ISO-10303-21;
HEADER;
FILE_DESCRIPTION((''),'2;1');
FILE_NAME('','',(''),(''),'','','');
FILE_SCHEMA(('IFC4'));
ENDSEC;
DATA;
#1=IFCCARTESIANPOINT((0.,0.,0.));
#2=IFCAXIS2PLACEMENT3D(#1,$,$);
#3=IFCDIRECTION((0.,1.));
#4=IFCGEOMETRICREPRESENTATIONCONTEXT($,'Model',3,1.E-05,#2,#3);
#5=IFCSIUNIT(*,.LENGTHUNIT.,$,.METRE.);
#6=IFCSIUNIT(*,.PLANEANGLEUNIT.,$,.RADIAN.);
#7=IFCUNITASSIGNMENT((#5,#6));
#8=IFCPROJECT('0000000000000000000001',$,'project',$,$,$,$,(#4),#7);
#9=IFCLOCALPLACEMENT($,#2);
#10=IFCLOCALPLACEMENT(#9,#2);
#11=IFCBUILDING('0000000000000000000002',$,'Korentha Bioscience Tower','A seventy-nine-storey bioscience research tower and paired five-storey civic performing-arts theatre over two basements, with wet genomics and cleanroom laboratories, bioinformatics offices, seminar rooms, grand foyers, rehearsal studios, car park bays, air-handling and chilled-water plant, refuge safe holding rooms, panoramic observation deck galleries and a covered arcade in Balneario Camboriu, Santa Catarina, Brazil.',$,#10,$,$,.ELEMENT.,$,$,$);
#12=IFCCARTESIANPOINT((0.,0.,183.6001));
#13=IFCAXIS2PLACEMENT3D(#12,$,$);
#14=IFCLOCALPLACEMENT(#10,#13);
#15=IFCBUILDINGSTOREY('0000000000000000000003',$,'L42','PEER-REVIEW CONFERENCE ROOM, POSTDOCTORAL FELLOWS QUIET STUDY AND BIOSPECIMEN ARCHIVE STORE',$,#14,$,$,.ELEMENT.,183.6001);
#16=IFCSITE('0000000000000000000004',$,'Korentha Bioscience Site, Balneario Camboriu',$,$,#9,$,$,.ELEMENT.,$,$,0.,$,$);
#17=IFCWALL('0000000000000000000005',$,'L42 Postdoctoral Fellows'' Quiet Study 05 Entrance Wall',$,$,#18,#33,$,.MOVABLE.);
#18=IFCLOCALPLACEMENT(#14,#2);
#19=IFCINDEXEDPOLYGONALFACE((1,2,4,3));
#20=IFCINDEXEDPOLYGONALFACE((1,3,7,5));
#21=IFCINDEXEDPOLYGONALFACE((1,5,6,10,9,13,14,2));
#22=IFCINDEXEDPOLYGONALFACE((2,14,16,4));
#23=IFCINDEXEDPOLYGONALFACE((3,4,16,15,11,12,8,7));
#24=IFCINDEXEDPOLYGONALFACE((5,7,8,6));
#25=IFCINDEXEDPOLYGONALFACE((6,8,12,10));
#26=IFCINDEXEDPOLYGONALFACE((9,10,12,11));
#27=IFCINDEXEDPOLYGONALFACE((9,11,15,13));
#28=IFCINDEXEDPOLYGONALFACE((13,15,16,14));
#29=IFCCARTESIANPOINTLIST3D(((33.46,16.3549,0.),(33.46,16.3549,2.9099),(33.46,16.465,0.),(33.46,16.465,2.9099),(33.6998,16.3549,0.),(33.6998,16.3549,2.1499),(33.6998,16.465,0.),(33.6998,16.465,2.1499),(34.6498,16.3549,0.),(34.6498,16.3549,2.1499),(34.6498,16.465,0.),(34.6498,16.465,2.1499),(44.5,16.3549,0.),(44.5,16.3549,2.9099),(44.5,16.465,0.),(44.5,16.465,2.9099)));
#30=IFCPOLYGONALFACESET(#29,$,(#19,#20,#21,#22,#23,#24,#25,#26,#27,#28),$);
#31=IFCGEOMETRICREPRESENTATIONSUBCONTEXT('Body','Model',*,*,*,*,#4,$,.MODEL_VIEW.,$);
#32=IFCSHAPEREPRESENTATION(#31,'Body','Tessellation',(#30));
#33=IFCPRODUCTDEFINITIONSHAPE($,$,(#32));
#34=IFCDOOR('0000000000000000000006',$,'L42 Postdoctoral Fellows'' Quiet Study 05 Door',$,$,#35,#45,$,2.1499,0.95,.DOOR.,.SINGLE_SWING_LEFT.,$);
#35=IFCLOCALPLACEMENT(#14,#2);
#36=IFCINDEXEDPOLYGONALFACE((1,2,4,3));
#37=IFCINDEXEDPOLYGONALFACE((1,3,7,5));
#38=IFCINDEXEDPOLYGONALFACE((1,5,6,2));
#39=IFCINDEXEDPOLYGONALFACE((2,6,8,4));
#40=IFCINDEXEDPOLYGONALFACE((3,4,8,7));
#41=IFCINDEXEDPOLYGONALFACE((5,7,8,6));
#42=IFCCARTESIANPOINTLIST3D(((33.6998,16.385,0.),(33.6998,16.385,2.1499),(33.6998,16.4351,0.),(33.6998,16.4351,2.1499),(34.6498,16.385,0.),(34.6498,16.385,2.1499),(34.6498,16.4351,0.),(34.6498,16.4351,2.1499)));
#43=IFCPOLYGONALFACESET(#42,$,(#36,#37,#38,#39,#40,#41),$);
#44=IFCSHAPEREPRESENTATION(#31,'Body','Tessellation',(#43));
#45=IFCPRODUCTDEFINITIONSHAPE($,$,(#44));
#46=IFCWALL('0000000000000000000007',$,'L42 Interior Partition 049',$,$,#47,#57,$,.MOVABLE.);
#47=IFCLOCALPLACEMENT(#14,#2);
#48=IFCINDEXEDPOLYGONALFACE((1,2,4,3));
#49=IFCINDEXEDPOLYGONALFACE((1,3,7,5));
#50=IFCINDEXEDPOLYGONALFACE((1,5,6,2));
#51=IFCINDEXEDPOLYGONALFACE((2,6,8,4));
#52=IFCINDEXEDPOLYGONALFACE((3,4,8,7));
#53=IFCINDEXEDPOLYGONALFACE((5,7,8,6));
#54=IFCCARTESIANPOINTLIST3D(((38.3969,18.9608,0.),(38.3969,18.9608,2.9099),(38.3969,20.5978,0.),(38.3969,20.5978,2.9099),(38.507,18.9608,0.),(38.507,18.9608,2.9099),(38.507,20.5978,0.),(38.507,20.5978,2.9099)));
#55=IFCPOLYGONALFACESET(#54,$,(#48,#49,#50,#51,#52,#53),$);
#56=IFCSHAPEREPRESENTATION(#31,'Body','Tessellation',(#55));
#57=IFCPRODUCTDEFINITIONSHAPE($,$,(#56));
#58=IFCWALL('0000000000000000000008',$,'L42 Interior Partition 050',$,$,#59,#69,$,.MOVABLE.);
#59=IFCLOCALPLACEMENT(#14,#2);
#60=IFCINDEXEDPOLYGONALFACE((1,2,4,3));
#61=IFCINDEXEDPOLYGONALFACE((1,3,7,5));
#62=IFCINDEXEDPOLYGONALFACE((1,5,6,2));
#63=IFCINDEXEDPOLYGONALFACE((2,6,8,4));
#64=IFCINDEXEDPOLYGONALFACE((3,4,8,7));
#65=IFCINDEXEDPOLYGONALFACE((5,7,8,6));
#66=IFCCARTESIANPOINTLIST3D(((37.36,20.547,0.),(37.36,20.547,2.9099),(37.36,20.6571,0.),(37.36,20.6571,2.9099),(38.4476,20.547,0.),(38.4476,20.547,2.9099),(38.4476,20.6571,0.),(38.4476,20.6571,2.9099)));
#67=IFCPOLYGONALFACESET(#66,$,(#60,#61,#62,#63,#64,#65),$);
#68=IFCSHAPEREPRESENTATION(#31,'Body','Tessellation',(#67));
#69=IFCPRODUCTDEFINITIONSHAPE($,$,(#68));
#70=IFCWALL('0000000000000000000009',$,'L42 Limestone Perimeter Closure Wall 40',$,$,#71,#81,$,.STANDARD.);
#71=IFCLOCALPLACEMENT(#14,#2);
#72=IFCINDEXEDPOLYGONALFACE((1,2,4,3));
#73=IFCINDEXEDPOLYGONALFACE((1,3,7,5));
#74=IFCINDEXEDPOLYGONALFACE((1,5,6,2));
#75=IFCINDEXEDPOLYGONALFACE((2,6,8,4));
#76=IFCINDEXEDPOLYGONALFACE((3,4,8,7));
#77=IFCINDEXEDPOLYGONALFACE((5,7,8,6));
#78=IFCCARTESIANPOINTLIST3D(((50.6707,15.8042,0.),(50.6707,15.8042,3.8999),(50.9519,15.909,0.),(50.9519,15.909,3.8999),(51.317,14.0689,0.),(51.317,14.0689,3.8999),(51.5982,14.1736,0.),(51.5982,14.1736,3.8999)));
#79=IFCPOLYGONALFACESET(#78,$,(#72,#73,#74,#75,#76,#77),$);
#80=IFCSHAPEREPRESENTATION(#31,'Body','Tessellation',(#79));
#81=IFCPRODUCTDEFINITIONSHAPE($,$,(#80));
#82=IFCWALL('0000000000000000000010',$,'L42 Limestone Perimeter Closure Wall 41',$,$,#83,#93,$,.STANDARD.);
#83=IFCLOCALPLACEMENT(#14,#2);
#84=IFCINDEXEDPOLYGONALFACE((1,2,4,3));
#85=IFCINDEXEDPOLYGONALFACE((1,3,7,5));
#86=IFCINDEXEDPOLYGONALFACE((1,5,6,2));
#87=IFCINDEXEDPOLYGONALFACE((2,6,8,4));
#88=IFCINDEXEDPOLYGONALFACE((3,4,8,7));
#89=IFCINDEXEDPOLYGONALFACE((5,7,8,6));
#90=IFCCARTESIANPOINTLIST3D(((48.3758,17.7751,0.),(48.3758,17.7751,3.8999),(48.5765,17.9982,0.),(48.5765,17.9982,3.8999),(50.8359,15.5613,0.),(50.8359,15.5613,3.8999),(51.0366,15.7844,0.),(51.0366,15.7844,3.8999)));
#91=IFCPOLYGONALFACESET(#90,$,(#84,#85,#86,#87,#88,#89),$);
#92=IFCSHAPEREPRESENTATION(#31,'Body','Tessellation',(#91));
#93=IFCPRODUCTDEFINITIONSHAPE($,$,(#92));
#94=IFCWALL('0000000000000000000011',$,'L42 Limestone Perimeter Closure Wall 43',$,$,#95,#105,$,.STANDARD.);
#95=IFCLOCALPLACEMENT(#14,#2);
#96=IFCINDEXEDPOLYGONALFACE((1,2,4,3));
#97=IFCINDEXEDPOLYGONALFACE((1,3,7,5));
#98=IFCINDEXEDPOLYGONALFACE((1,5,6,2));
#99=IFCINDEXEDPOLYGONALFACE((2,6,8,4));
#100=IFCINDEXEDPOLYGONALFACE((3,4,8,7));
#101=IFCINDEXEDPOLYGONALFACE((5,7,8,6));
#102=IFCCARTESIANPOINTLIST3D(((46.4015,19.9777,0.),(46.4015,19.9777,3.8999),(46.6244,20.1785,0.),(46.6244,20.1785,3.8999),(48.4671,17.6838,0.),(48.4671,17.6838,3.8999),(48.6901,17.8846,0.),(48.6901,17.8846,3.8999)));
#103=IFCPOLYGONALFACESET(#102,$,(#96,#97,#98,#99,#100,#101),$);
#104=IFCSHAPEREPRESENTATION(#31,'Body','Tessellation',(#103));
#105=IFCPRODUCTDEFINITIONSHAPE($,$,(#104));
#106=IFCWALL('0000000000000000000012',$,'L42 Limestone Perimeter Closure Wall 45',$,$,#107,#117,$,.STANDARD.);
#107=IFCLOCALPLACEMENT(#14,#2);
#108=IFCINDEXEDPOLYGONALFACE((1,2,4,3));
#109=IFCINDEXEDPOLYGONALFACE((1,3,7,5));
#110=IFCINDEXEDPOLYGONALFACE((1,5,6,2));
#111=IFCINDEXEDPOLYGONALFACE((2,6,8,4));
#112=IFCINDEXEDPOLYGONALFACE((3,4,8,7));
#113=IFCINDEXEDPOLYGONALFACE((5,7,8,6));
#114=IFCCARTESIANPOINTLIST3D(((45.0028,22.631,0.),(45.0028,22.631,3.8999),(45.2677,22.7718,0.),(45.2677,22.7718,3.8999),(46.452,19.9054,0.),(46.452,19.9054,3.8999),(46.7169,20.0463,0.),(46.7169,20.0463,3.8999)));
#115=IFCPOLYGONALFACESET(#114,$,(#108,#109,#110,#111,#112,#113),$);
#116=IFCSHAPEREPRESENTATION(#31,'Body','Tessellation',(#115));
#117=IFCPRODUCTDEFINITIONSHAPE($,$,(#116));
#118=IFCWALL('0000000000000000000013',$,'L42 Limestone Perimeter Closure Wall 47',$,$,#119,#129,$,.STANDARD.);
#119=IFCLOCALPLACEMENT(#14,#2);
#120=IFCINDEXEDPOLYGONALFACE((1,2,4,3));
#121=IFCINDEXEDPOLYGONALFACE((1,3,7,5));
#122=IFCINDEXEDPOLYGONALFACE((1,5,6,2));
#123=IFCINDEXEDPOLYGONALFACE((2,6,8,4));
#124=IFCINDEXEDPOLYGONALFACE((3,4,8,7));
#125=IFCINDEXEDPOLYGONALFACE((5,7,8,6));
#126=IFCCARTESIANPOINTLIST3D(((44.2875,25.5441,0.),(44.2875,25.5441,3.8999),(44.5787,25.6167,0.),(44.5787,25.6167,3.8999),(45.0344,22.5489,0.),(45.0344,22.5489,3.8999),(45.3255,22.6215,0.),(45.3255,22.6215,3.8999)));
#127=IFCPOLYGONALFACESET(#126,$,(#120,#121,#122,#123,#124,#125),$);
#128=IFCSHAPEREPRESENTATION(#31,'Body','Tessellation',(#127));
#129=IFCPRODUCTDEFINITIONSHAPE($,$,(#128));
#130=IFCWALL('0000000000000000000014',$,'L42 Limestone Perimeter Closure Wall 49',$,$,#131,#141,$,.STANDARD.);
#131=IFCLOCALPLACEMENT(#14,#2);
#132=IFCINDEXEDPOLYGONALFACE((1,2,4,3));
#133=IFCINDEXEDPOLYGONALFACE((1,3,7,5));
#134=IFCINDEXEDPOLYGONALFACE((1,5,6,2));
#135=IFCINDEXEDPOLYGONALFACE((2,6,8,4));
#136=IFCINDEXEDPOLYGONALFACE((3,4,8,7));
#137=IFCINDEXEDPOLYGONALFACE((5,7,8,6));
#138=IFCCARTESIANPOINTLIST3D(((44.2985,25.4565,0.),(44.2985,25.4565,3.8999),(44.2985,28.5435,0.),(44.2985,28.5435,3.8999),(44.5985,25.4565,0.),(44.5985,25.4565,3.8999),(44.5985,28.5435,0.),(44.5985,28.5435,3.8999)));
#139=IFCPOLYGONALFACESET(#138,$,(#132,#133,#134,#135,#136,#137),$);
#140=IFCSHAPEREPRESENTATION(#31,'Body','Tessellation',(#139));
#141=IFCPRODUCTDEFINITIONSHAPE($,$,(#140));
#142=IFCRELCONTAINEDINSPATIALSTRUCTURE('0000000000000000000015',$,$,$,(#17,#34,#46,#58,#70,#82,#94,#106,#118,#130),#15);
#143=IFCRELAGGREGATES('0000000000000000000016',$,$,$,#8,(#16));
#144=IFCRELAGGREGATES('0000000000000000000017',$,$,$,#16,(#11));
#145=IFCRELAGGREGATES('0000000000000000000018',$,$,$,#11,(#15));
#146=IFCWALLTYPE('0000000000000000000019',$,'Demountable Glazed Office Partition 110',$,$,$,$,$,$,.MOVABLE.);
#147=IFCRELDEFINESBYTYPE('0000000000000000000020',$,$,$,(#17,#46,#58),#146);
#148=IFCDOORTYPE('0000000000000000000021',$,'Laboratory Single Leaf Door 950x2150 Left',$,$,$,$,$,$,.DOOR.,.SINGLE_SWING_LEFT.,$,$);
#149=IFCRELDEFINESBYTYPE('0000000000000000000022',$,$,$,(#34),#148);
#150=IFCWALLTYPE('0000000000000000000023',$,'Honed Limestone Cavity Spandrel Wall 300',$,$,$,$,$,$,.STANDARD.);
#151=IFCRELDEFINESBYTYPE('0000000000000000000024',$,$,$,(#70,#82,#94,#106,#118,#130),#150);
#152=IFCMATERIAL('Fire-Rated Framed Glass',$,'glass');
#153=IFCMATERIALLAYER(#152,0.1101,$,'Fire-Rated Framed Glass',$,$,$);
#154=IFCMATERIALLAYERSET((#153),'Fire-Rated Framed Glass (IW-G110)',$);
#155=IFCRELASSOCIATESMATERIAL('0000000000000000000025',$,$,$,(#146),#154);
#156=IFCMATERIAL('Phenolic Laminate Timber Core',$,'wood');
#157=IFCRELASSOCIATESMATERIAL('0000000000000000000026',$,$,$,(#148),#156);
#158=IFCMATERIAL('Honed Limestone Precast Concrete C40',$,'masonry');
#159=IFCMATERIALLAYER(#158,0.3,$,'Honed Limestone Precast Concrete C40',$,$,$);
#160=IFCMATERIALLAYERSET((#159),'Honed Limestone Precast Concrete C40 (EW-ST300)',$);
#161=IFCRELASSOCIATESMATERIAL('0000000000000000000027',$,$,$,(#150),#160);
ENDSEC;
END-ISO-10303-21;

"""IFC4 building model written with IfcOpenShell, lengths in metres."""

from ifc_helpers import new_model, si_unit, direction, frame, frame_2d, origin, place, context, subcontext, project, spatial, rectangle, extrude, material, layer, layer_set, type_object, element, fill, save


model = new_model("IFC4")

# Units and contexts
model_context = context("Model", 3, precision=1e-05, world=origin(), true_north=direction((0.0, 1.0)))
body_context = subcontext(model_context, "Body", "Model", "MODEL_VIEW")
ifc_project = project(units=[si_unit("LENGTHUNIT", "METRE"), si_unit("PLANEANGLEUNIT", "RADIAN")], contexts=[model_context])

# Site, building, storey
site_placement = place(None, origin())
site = spatial("IfcSite", under=ifc_project, at=site_placement, Name="Korentha Bioscience Site, Balneario Camboriu", CompositionType="ELEMENT", RefElevation=0.0)
building_placement = place(site_placement, origin())
building = spatial("IfcBuilding", under=site, at=building_placement, Name="Korentha Bioscience Tower", Description="A seventy-nine-storey bioscience research tower and paired five-storey civic performing-arts theatre over two basements, with wet genomics and cleanroom laboratories, bioinformatics offices, seminar rooms, grand foyers, rehearsal studios, car park bays, air-handling and chilled-water plant, refuge safe holding rooms, panoramic observation deck galleries and a covered arcade in Balneario Camboriu, Santa Catarina, Brazil.", CompositionType="ELEMENT")
storey_placement = place(building_placement, frame((0.0, 0.0, 183.6001)))
storey = spatial("IfcBuildingStorey", under=building, at=storey_placement, Name="L42", Description="PEER-REVIEW CONFERENCE ROOM, POSTDOCTORAL FELLOWS QUIET STUDY AND BIOSPECIMEN ARCHIVE STORE", CompositionType="ELEMENT", Elevation=183.6001)

# Wall, opening, door
ifc_material_1 = material(Name="Fire-Rated Framed Glass", Category="glass")
ifc_layer_1 = layer(ifc_material_1, 0.1101, Name="Fire-Rated Framed Glass")
ifc_layer_set_1 = layer_set([ifc_layer_1], Name="Fire-Rated Framed Glass (IW-G110)")
wall_type_1 = type_object("IfcWallType", Name="Demountable Glazed Office Partition 110", PredefinedType="MOVABLE", material=ifc_layer_set_1)
wall_1_placement = place(storey_placement, frame((44.5, 16.4099, 0.0), z_axis=(0.0, 0.0, 1.0), x_axis=(-1.0, 0.0, 0.0)))
wall_1 = element("IfcWall", 1, at=wall_1_placement, inside=storey, type_object=wall_type_1, Name="L42 Postdoctoral Fellows' Quiet Study 05 Entrance Wall", PredefinedType="MOVABLE", context=body_context, shape_type="SweptSolid", body=[
    extrude(rectangle(XDim=11.04, YDim=0.1101, at=frame_2d((5.52, 0.0))), origin(), (0.0, 0.0, 1.0), 2.9099),
])
opening_placement = place(wall_1_placement, frame((9.8501, 0.0, 0.0)))
opening = element("IfcOpeningElement", 2, at=opening_placement, cuts=wall_1, PredefinedType="OPENING", context=body_context, shape_type="SweptSolid", body=[
    extrude(rectangle(XDim=0.95, YDim=2.1499, at=frame_2d((0.4751, 1.075))), frame((0.0, 0.0698, 0.0), z_axis=(0.0, -1.0, 0.0), x_axis=(1.0, 0.0, 0.0)), (0.0, 0.0, 1.0), 0.1399),
])
ifc_material_2 = material(Name="Phenolic Laminate Timber Core", Category="wood")
door_type = type_object("IfcDoorType", Name="Laboratory Single Leaf Door 950x2150 Left", OperationType="SINGLE_SWING_LEFT", PredefinedType="DOOR", material=ifc_material_2)
door_placement = place(opening_placement, origin())
door = element("IfcDoor", 3, at=door_placement, inside=storey, type_object=door_type, Name="L42 Postdoctoral Fellows' Quiet Study 05 Door", OperationType="SINGLE_SWING_LEFT", OverallHeight=2.1499, OverallWidth=0.95, PredefinedType="DOOR", context=body_context, shape_type="SweptSolid", body=[
    extrude(rectangle(XDim=0.95, YDim=2.1499, at=frame_2d((0.4751, 1.075))), frame((0.0, 0.0249, 0.0), z_axis=(0.0, -1.0, 0.0), x_axis=(1.0, 0.0, 0.0)), (0.0, 0.0, 1.0), 0.05),
])
fill(opening, door)

# Walls
wall_2_placement = place(storey_placement, frame((38.4519, 18.9609, 0.0), z_axis=(0.0, 0.0, 1.0), x_axis=(0.0, 1.0, 0.0)))
element("IfcWall", 4, at=wall_2_placement, inside=storey, type_object=wall_type_1, Name="L42 Interior Partition 049", PredefinedType="MOVABLE", context=body_context, shape_type="SweptSolid", body=[
    extrude(rectangle(XDim=1.637, YDim=0.1101, at=frame_2d((0.8184, 0.0))), origin(), (0.0, 0.0, 1.0), 2.9099),
])
wall_3_placement = place(storey_placement, frame((38.4478, 20.6021, 0.0), z_axis=(0.0, 0.0, 1.0), x_axis=(-1.0, 0.0, 0.0)))
element("IfcWall", 5, at=wall_3_placement, inside=storey, type_object=wall_type_1, Name="L42 Interior Partition 050", PredefinedType="MOVABLE", context=body_context, shape_type="SweptSolid", body=[
    extrude(rectangle(XDim=1.0876, YDim=0.1101, at=frame_2d((0.5439, 0.0))), origin(), (0.0, 0.0, 1.0), 2.9099),
])
ifc_material_3 = material(Name="Honed Limestone Precast Concrete C40", Category="masonry")
ifc_layer_2 = layer(ifc_material_3, 0.3, Name="Honed Limestone Precast Concrete C40")
ifc_layer_set_2 = layer_set([ifc_layer_2], Name="Honed Limestone Precast Concrete C40 (EW-ST300)")
wall_type_2 = type_object("IfcWallType", Name="Honed Limestone Cavity Spandrel Wall 300", PredefinedType="STANDARD", material=ifc_layer_set_2)
wall_4_placement = place(storey_placement, frame((51.4575, 14.1213, 0.0), z_axis=(0.0, 0.0, 1.0), x_axis=(-0.348984, 0.937129, 0.0)))
element("IfcWall", 6, at=wall_4_placement, inside=storey, type_object=wall_type_2, Name="L42 Limestone Perimeter Closure Wall 40", PredefinedType="STANDARD", context=body_context, shape_type="SweptSolid", body=[
    extrude(rectangle(XDim=1.8518, YDim=0.3, at=frame_2d((0.9258, 0.0))), origin(), (0.0, 0.0, 1.0), 3.8999),
])
wall_5_placement = place(storey_placement, frame((50.9363, 15.6729, 0.0), z_axis=(0.0, 0.0, 1.0), x_axis=(-0.743342, 0.668912, 0.0)))
element("IfcWall", 7, at=wall_5_placement, inside=storey, type_object=wall_type_2, Name="L42 Limestone Perimeter Closure Wall 41", PredefinedType="STANDARD", context=body_context, shape_type="SweptSolid", body=[
    extrude(rectangle(XDim=3.3096, YDim=0.3, at=frame_2d((1.6548, 0.0))), origin(), (0.0, 0.0, 1.0), 3.8999),
])
for number, where, z_axis, x_axis, name in (
    (8, (48.5786, 17.7842, 0.0), (0.0, 0.0, 1.0), (-0.669166, 0.743113, 0.0), "L42 Limestone Perimeter Closure Wall 43"),
    (9, (46.5845, 19.9758, 0.0), (0.0, 0.0, 1.0), (-0.469471, 0.882948, 0.0), "L42 Limestone Perimeter Closure Wall 45"),
    (10, (45.1799, 22.5852, 0.0), (0.0, 0.0, 1.0), (-0.24194, 0.970291, 0.0), "L42 Limestone Perimeter Closure Wall 47"),
    (11, (44.4485, 25.4565, 0.0), (0.0, 0.0, 1.0), (0.0, 1.0, 0.0), "L42 Limestone Perimeter Closure Wall 49"),
):
    element("IfcWall", number, at=place(storey_placement, frame(where, z_axis=z_axis, x_axis=x_axis)), inside=storey, type_object=wall_type_2, Name=name, PredefinedType="STANDARD", context=body_context, shape_type="SweptSolid", body=[
        extrude(rectangle(XDim=3.0869, YDim=0.3, at=frame_2d((1.5435, 0.0))), origin(), (0.0, 0.0, 1.0), 3.8999),
    ])

save(model, "model.ifc")
